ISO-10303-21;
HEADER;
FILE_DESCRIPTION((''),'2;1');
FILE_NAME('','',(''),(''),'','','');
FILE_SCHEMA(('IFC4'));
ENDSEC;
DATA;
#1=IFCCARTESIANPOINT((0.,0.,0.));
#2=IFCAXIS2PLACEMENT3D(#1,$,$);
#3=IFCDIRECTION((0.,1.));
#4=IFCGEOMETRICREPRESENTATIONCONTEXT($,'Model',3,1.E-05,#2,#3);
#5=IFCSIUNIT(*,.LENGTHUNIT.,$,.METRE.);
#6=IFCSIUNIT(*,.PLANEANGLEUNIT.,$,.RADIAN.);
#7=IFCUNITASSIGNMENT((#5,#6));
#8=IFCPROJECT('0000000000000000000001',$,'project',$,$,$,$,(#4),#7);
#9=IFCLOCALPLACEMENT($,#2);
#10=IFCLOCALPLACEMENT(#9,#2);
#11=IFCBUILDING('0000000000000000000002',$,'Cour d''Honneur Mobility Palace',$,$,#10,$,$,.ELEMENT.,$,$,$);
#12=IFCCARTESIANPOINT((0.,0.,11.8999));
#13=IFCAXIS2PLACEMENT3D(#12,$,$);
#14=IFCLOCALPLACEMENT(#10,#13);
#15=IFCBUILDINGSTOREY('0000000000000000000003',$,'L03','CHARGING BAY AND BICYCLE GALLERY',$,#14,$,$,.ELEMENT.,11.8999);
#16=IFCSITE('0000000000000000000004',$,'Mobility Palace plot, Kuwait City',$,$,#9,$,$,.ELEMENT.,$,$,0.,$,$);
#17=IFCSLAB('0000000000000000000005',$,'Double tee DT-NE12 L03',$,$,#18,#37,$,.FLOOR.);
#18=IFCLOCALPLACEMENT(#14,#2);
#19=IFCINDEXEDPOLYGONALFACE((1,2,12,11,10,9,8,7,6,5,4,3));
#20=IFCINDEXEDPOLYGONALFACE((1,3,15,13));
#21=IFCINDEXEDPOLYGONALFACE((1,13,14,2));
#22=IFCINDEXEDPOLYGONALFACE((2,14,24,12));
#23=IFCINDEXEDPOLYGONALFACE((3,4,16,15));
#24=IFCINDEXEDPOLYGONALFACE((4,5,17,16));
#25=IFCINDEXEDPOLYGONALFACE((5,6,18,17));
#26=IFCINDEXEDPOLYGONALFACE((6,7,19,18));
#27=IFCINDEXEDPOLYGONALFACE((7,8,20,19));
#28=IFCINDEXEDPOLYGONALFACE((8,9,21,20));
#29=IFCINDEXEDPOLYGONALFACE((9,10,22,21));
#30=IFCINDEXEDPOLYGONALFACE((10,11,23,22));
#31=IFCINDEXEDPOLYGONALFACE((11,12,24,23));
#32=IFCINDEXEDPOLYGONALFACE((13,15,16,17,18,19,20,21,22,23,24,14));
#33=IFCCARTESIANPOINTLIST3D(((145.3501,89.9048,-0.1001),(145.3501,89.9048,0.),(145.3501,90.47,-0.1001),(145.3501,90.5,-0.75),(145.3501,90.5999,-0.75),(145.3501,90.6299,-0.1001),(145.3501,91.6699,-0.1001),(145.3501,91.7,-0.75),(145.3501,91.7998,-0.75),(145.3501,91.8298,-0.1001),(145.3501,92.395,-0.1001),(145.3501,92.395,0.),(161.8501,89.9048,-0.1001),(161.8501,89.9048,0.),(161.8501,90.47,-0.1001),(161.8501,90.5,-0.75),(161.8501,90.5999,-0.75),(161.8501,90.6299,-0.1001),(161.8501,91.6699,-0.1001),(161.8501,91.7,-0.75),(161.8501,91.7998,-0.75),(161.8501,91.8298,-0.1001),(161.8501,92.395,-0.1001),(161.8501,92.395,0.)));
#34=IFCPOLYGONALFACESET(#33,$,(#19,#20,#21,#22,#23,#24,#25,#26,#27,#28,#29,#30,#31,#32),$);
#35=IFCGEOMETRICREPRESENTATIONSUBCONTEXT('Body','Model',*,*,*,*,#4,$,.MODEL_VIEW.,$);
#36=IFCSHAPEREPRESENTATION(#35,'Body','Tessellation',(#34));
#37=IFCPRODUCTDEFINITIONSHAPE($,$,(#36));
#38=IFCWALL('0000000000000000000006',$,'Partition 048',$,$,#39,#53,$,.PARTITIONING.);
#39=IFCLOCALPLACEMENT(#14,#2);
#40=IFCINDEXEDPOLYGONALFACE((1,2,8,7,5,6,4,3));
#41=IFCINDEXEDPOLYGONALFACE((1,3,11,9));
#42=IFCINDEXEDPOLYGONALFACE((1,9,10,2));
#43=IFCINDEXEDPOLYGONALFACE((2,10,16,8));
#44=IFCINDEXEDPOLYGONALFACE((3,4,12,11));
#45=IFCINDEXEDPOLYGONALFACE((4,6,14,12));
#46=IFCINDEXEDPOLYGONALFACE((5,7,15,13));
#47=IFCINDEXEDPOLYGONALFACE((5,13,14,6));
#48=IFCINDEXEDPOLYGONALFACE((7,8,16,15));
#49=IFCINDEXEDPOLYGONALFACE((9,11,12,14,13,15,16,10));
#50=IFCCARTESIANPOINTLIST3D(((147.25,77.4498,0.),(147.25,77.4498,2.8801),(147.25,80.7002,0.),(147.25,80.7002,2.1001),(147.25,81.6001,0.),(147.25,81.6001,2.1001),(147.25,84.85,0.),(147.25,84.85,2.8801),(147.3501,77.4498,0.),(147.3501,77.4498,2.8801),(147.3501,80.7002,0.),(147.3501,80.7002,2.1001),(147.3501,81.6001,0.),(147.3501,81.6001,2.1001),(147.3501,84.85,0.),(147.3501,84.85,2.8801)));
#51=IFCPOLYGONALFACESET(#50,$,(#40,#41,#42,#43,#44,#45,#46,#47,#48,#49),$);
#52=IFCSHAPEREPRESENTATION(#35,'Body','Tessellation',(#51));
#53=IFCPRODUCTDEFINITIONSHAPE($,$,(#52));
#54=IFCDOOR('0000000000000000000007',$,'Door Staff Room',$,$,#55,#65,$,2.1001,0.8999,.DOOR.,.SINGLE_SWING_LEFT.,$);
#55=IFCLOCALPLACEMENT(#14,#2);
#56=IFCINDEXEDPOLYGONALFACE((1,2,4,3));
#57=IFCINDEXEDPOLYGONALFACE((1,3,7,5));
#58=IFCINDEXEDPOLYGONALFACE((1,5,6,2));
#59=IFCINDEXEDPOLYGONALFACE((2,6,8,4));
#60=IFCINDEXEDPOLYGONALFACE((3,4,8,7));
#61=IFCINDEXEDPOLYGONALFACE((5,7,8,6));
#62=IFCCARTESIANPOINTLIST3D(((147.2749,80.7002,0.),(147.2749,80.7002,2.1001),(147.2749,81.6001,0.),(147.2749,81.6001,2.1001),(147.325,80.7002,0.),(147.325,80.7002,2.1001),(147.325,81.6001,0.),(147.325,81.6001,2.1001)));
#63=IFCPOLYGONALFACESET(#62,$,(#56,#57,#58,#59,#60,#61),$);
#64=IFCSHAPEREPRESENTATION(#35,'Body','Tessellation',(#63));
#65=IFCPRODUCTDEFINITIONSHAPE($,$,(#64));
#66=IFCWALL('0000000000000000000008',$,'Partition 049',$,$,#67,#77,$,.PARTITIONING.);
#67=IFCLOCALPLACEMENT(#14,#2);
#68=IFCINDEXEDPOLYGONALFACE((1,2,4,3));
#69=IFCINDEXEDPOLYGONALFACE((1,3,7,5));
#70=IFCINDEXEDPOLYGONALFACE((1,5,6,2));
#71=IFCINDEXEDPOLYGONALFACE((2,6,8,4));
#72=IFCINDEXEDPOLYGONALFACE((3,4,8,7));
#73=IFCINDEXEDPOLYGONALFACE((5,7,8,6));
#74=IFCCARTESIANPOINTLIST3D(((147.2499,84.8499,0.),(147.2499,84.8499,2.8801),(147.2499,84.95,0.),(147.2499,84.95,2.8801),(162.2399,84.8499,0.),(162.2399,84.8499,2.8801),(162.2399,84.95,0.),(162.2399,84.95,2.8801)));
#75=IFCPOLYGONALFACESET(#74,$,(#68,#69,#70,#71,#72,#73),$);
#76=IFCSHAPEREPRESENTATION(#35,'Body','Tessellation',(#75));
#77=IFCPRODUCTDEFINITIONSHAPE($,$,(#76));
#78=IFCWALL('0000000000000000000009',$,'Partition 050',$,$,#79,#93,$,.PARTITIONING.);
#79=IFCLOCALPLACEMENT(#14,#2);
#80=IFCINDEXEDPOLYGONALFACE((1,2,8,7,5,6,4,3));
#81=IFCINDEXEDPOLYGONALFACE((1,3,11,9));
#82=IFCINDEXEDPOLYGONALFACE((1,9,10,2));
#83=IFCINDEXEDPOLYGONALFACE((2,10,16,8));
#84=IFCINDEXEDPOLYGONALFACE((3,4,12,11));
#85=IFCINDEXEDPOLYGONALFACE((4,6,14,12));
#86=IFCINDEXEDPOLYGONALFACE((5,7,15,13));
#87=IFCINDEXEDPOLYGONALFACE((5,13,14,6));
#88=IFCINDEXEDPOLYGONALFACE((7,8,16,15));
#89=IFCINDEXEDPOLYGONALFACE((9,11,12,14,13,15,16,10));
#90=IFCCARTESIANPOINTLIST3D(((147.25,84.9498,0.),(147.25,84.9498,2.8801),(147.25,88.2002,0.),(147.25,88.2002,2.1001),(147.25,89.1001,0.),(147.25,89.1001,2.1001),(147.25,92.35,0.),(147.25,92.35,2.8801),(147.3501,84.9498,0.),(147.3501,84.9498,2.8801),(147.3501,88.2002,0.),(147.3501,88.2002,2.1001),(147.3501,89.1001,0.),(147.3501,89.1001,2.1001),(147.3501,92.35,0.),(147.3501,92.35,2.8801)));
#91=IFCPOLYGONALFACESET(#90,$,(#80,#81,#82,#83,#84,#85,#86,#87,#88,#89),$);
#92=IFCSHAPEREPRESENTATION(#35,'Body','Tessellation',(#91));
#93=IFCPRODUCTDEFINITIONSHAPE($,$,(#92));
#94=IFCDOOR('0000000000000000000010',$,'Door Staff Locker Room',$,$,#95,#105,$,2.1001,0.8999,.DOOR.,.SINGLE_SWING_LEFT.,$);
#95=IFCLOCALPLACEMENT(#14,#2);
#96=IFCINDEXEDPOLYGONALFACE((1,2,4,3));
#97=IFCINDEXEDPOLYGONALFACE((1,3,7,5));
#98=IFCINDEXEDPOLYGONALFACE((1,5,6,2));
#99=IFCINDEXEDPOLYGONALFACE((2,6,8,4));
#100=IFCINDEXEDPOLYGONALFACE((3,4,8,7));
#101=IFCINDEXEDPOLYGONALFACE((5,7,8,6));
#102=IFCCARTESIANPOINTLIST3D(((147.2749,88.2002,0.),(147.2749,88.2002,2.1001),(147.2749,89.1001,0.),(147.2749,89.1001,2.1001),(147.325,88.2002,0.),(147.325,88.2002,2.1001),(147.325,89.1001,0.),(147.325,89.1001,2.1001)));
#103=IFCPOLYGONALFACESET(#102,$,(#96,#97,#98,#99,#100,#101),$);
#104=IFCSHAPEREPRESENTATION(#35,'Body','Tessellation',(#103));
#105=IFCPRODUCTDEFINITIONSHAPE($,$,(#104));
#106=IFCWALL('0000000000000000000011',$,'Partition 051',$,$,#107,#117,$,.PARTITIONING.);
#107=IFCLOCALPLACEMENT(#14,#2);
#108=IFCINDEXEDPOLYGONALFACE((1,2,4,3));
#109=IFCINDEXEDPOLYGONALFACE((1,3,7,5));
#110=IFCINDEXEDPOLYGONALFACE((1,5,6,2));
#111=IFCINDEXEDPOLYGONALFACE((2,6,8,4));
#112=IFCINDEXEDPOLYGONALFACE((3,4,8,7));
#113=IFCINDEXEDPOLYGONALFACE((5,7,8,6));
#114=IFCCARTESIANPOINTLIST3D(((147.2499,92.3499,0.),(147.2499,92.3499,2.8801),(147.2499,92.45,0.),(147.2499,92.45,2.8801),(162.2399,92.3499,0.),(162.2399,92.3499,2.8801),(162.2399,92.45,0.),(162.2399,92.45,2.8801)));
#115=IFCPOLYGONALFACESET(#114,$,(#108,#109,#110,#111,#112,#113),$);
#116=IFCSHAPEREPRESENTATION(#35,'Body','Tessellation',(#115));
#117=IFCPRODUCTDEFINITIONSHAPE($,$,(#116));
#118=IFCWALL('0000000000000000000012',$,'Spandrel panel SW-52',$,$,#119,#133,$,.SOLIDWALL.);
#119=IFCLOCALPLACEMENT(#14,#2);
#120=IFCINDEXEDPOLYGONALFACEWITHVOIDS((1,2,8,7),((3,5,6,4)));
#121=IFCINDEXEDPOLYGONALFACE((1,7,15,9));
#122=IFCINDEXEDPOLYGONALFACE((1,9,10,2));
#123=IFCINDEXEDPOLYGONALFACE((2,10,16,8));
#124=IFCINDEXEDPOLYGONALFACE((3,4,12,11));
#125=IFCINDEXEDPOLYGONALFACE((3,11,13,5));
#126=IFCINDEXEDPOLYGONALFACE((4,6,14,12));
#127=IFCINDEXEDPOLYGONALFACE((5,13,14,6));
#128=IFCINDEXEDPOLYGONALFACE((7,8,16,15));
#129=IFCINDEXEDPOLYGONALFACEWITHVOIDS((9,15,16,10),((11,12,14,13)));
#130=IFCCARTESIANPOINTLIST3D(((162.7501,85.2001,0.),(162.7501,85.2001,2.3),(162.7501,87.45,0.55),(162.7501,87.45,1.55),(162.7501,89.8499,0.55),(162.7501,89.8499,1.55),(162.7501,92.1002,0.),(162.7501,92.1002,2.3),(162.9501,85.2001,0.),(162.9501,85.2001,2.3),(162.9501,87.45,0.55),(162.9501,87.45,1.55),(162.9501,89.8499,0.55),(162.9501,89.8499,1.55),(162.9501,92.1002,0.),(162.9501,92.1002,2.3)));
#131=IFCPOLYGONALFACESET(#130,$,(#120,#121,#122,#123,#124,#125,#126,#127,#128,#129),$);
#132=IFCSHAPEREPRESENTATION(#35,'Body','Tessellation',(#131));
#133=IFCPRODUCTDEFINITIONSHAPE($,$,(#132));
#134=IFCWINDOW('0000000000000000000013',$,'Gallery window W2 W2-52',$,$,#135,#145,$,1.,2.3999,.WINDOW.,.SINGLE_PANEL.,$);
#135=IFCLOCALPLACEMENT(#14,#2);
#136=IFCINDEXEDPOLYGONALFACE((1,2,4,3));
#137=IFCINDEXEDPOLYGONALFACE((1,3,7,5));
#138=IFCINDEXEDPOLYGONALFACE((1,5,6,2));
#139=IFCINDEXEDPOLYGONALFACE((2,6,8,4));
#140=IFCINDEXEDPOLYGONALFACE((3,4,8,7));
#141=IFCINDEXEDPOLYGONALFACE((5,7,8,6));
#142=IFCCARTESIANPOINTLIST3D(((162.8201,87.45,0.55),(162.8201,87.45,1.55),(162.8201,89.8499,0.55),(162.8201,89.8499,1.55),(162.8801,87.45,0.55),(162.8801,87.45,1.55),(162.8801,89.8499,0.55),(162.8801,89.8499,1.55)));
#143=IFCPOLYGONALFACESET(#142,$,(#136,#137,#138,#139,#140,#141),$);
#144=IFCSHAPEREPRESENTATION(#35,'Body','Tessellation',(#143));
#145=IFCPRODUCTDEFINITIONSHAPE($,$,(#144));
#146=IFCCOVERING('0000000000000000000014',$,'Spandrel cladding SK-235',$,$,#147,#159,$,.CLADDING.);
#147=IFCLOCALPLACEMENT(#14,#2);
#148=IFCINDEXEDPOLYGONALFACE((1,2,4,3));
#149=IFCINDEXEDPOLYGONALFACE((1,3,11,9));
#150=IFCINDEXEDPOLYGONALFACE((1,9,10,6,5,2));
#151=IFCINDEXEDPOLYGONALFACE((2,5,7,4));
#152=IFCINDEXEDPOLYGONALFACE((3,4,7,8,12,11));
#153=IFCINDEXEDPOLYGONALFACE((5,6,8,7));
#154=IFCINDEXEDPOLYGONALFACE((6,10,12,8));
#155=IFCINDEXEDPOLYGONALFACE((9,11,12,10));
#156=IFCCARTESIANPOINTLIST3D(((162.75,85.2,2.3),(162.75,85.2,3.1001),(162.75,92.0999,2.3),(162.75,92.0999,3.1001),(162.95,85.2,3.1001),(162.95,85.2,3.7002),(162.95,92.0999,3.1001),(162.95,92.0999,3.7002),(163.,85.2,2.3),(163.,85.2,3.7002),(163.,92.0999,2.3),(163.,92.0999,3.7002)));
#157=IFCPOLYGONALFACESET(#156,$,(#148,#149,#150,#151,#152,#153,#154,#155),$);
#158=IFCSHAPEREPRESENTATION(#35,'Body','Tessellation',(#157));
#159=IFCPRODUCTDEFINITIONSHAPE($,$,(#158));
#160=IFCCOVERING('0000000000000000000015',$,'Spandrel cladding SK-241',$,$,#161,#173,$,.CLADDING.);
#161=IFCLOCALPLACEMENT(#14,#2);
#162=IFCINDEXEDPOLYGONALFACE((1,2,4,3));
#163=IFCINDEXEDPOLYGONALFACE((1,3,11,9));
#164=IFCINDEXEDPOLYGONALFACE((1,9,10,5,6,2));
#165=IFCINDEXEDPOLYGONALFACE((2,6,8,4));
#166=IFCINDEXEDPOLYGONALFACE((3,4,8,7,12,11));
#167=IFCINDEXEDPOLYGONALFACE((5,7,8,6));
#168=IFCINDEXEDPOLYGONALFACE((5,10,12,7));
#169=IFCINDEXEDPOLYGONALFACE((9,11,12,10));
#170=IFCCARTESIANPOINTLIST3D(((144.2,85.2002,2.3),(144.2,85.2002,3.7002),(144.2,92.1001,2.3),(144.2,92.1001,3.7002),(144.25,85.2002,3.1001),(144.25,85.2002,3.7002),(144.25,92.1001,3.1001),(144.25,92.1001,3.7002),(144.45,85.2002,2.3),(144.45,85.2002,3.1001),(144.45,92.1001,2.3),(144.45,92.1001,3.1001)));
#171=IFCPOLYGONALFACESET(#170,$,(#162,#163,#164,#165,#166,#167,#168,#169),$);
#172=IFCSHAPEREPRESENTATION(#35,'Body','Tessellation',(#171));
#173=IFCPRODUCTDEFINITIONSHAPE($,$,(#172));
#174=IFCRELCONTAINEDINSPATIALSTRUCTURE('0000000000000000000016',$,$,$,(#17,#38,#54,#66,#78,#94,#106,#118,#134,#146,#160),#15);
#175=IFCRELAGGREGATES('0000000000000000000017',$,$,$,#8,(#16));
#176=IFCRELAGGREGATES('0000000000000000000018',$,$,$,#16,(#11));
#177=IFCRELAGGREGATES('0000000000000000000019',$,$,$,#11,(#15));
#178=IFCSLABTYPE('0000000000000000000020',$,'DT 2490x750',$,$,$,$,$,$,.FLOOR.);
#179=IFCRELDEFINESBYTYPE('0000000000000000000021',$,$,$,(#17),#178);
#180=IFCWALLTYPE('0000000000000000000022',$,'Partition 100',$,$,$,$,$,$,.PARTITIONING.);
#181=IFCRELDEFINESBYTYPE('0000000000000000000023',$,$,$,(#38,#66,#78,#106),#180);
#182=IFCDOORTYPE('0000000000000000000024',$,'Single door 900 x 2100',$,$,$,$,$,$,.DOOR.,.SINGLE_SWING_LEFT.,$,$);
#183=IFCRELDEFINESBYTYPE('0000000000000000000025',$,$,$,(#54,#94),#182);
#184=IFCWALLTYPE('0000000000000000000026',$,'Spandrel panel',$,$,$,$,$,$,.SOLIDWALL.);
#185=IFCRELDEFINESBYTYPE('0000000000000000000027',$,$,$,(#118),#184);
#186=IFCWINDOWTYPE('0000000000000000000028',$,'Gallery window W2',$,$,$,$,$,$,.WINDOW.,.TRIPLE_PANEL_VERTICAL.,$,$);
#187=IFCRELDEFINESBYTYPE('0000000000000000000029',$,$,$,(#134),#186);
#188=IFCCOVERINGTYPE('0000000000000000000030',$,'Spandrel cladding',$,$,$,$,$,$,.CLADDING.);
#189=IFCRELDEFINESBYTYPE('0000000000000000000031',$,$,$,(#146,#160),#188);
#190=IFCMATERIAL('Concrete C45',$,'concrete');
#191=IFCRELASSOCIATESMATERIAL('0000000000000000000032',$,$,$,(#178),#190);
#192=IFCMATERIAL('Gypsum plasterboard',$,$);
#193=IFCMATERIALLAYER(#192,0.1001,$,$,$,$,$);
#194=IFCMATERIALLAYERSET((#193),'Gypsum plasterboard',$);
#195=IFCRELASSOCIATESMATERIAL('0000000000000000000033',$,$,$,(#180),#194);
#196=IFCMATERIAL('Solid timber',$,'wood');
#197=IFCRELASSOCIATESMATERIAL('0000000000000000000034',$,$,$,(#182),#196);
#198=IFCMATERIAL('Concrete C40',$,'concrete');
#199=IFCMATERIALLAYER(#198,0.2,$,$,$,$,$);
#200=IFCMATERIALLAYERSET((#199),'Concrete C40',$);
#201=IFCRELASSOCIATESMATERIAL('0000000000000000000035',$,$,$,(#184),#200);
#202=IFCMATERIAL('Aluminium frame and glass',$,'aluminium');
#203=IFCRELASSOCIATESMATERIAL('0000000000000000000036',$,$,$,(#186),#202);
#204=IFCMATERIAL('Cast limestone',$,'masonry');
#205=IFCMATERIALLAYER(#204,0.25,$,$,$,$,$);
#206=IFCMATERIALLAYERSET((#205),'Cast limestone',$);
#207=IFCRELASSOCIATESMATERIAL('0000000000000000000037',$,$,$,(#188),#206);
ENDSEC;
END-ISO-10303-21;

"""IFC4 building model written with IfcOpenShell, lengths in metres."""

from ifc_helpers import new_model, si_unit, direction, frame, frame_2d, origin, place, context, subcontext, project, spatial, polyline, rectangle, outline, extrude, material, layer, layer_set, material_profile, profile_set, type_object, element, fill, save


model = new_model("IFC4")

# Units and contexts
model_context = context("Model", 3, precision=1e-05, world=origin(), true_north=direction((0.0, 1.0)))
body_context = subcontext(model_context, "Body", "Model", "MODEL_VIEW")
ifc_project = project(units=[si_unit("LENGTHUNIT", "METRE"), si_unit("PLANEANGLEUNIT", "RADIAN")], contexts=[model_context])

# Site, building, storey
site_placement = place(None, origin())
site = spatial("IfcSite", under=ifc_project, at=site_placement, Name="Mobility Palace plot, Kuwait City", CompositionType="ELEMENT", RefElevation=0.0)
building_placement = place(site_placement, origin())
building = spatial("IfcBuilding", under=site, at=building_placement, Name="Cour d'Honneur Mobility Palace", CompositionType="ELEMENT")
storey_placement = place(building_placement, frame((0.0, 0.0, 11.8999)))
storey = spatial("IfcBuildingStorey", under=building, at=storey_placement, Name="L03", Description="CHARGING BAY AND BICYCLE GALLERY", CompositionType="ELEMENT", Elevation=11.8999)

# Slab
ifc_material_1 = material(Name="Concrete C45", Category="concrete")
ifc_material_profile_1 = material_profile(ifc_material_1, outline(polyline([(-1.2451, 0.0), (1.2451, 0.0), (1.2451, -0.1001), (0.6799, -0.1001), (0.6499, -0.75), (0.55, -0.75), (0.52, -0.1001), (-0.52, -0.1001), (-0.55, -0.75), (-0.6499, -0.75), (-0.6799, -0.1001), (-1.2451, -0.1001), (-1.2451, 0.0)])), Name="DT 2490x750")
ifc_profile_set_1 = profile_set([ifc_material_profile_1], Name="Concrete C45")
slab_type = type_object("IfcSlabType", Name="DT 2490x750", PredefinedType="FLOOR", material=ifc_profile_set_1)
slab_1_placement = place(storey_placement, frame((145.3501, 91.1499, 0.0), z_axis=(1.0, 0.0, 0.0), x_axis=(0.0, 1.0, 0.0)))
element("IfcSlab", 1, at=slab_1_placement, inside=storey, type_object=slab_type, Name="Double tee DT-NE12 L03", PredefinedType="FLOOR", context=body_context, shape_type="SweptSolid", body=[
    extrude(outline(polyline([(-1.2451, 0.0), (1.2451, 0.0), (1.2451, -0.1001), (0.6799, -0.1001), (0.6499, -0.75), (0.55, -0.75), (0.52, -0.1001), (-0.52, -0.1001), (-0.55, -0.75), (-0.6499, -0.75), (-0.6799, -0.1001), (-1.2451, -0.1001), (-1.2451, 0.0)])), origin(), (0.0, 0.0, 1.0), 16.5),
])

# Wall, opening, door
ifc_material_2 = material(Name="Gypsum plasterboard")
ifc_layer_1 = layer(ifc_material_2, 0.1001)
ifc_layer_set_1 = layer_set([ifc_layer_1], Name="Gypsum plasterboard")
wall_type_1 = type_object("IfcWallType", Name="Partition 100", PredefinedType="PARTITIONING", material=ifc_layer_set_1)
wall_1_placement = place(storey_placement, frame((147.3, 84.8501, 0.0), z_axis=(0.0, 0.0, 1.0), x_axis=(0.0, -1.0, 0.0)))
wall_1 = element("IfcWall", 2, at=wall_1_placement, inside=storey, type_object=wall_type_1, Name="Partition 048", PredefinedType="PARTITIONING", context=body_context, shape_type="SweptSolid", body=[
    extrude(rectangle(XDim=7.4001, YDim=0.1001, at=frame_2d((3.7002, 0.0))), origin(), (0.0, 0.0, 1.0), 2.8801),
])
opening_1_placement = place(wall_1_placement, frame((3.25, 0.0, 0.0)))
opening_1 = element("IfcOpeningElement", 3, at=opening_1_placement, cuts=wall_1, PredefinedType="OPENING", context=body_context, shape_type="SweptSolid", body=[
    extrude(rectangle(XDim=0.8999, YDim=2.1001, at=frame_2d((0.45, 1.05))), frame((0.0, 0.0601, 0.0), z_axis=(0.0, -1.0, 0.0), x_axis=(1.0, 0.0, 0.0)), (0.0, 0.0, 1.0), 0.1201),
])
ifc_material_3 = material(Name="Solid timber", Category="wood")
door_type = type_object("IfcDoorType", Name="Single door 900 x 2100", OperationType="SINGLE_SWING_LEFT", PredefinedType="DOOR", material=ifc_material_3)
door_1_placement = place(opening_1_placement, origin())
door_1 = element("IfcDoor", 4, at=door_1_placement, inside=storey, type_object=door_type, Name="Door Staff Room", OperationType="SINGLE_SWING_LEFT", OverallHeight=2.1001, OverallWidth=0.8999, PredefinedType="DOOR", context=body_context, shape_type="SweptSolid", body=[
    extrude(rectangle(XDim=0.8999, YDim=2.1001, at=frame_2d((0.45, 1.05))), frame((0.0, 0.0249, 0.0), z_axis=(0.0, -1.0, 0.0), x_axis=(1.0, 0.0, 0.0)), (0.0, 0.0, 1.0), 0.05),
])
fill(opening_1, door_1)

# Wall
wall_2_placement = place(storey_placement, frame((162.24, 84.8999, 0.0), z_axis=(0.0, 0.0, 1.0), x_axis=(-1.0, 0.0, 0.0)))
element("IfcWall", 5, at=wall_2_placement, inside=storey, type_object=wall_type_1, Name="Partition 049", PredefinedType="PARTITIONING", context=body_context, shape_type="SweptSolid", body=[
    extrude(rectangle(XDim=14.99, YDim=0.1001, at=frame_2d((7.4951, 0.0))), origin(), (0.0, 0.0, 1.0), 2.8801),
])

# Wall, opening, door
wall_3_placement = place(storey_placement, frame((147.3, 92.3501, 0.0), z_axis=(0.0, 0.0, 1.0), x_axis=(0.0, -1.0, 0.0)))
wall_3 = element("IfcWall", 6, at=wall_3_placement, inside=storey, type_object=wall_type_1, Name="Partition 050", PredefinedType="PARTITIONING", context=body_context, shape_type="SweptSolid", body=[
    extrude(rectangle(XDim=7.4001, YDim=0.1001, at=frame_2d((3.7002, 0.0))), origin(), (0.0, 0.0, 1.0), 2.8801),
])
opening_2_placement = place(wall_3_placement, frame((3.25, 0.0, 0.0)))
opening_2 = element("IfcOpeningElement", 7, at=opening_2_placement, cuts=wall_3, PredefinedType="OPENING", context=body_context, shape_type="SweptSolid", body=[
    extrude(rectangle(XDim=0.8999, YDim=2.1001, at=frame_2d((0.45, 1.05))), frame((0.0, 0.0601, 0.0), z_axis=(0.0, -1.0, 0.0), x_axis=(1.0, 0.0, 0.0)), (0.0, 0.0, 1.0), 0.1201),
])
door_2_placement = place(opening_2_placement, origin())
door_2 = element("IfcDoor", 8, at=door_2_placement, inside=storey, type_object=door_type, Name="Door Staff Locker Room", OperationType="SINGLE_SWING_LEFT", OverallHeight=2.1001, OverallWidth=0.8999, PredefinedType="DOOR", context=body_context, shape_type="SweptSolid", body=[
    extrude(rectangle(XDim=0.8999, YDim=2.1001, at=frame_2d((0.45, 1.05))), frame((0.0, 0.0249, 0.0), z_axis=(0.0, -1.0, 0.0), x_axis=(1.0, 0.0, 0.0)), (0.0, 0.0, 1.0), 0.05),
])
fill(opening_2, door_2)

# Wall
wall_4_placement = place(storey_placement, frame((162.24, 92.3999, 0.0), z_axis=(0.0, 0.0, 1.0), x_axis=(-1.0, 0.0, 0.0)))
element("IfcWall", 9, at=wall_4_placement, inside=storey, type_object=wall_type_1, Name="Partition 051", PredefinedType="PARTITIONING", context=body_context, shape_type="SweptSolid", body=[
    extrude(rectangle(XDim=14.99, YDim=0.1001, at=frame_2d((7.4951, 0.0))), origin(), (0.0, 0.0, 1.0), 2.8801),
])

# Wall, opening, window
ifc_material_4 = material(Name="Concrete C40", Category="concrete")
ifc_layer_2 = layer(ifc_material_4, 0.2)
ifc_layer_set_2 = layer_set([ifc_layer_2], Name="Concrete C40")
wall_type_2 = type_object("IfcWallType", Name="Spandrel panel", PredefinedType="SOLIDWALL", material=ifc_layer_set_2)
wall_5_placement = place(storey_placement, frame((162.8501, 85.2, 0.0), z_axis=(0.0, 0.0, 1.0), x_axis=(0.0, 1.0, 0.0)))
wall_5 = element("IfcWall", 10, at=wall_5_placement, inside=storey, type_object=wall_type_2, Name="Spandrel panel SW-52", PredefinedType="SOLIDWALL", context=body_context, shape_type="SweptSolid", body=[
    extrude(rectangle(XDim=6.9001, YDim=0.2, at=frame_2d((3.4502, 0.0))), origin(), (0.0, 0.0, 1.0), 2.3),
])
opening_3_placement = place(wall_5_placement, frame((2.25, 0.0, 0.55)))
opening_3 = element("IfcOpeningElement", 11, at=opening_3_placement, cuts=wall_5, PredefinedType="OPENING", context=body_context, shape_type="SweptSolid", body=[
    extrude(rectangle(XDim=2.3999, YDim=1.0, at=frame_2d((1.2, 0.5))), frame((0.0, 0.1099, 0.0), z_axis=(0.0, -1.0, 0.0), x_axis=(1.0, 0.0, 0.0)), (0.0, 0.0, 1.0), 0.22),
])
ifc_material_5 = material(Name="Aluminium frame and glass", Category="aluminium")
window_type = type_object("IfcWindowType", Name="Gallery window W2", PartitioningType="TRIPLE_PANEL_VERTICAL", PredefinedType="WINDOW", material=ifc_material_5)
window_placement = place(opening_3_placement, origin())
window = element("IfcWindow", 12, at=window_placement, inside=storey, type_object=window_type, Name="Gallery window W2 W2-52", OverallHeight=1.0, OverallWidth=2.3999, PartitioningType="SINGLE_PANEL", PredefinedType="WINDOW", context=body_context, shape_type="SweptSolid", body=[
    extrude(rectangle(XDim=2.3999, YDim=1.0, at=frame_2d((1.2, 0.5))), frame((0.0, 0.03, 0.0), z_axis=(0.0, -1.0, 0.0), x_axis=(1.0, 0.0, 0.0)), (0.0, 0.0, 1.0), 0.0601),
])
fill(opening_3, window)

# Coverings
ifc_material_6 = material(Name="Cast limestone", Category="masonry")
ifc_layer_3 = layer(ifc_material_6, 0.25)
ifc_layer_set_3 = layer_set([ifc_layer_3], Name="Cast limestone")
covering_type = type_object("IfcCoveringType", Name="Spandrel cladding", PredefinedType="CLADDING", material=ifc_layer_set_3)
for number, where, z_axis, x_axis, name in (
    (13, (162.75, 85.2, 2.3), (0.0, -1.0, 0.0), (1.0, 0.0, 0.0), "Spandrel cladding SK-235"),
    (14, (144.45, 92.1001, 2.3), (0.0, 1.0, 0.0), (-1.0, 0.0, 0.0), "Spandrel cladding SK-241"),
):
    element("IfcCovering", number, at=place(storey_placement, frame(where, z_axis=z_axis, x_axis=x_axis)), inside=storey, type_object=covering_type, Name=name, PredefinedType="CLADDING", context=body_context, shape_type="SweptSolid", body=[
        extrude(outline(polyline([(0.0, 0.0), (0.25, 0.0), (0.25, 1.4001), (0.2, 1.4001), (0.2, 0.8), (0.0, 0.8), (0.0, 0.0)])), origin(), (0.0, 0.0, -1.0), 6.8999),
    ])

save(model, "model.ifc")
